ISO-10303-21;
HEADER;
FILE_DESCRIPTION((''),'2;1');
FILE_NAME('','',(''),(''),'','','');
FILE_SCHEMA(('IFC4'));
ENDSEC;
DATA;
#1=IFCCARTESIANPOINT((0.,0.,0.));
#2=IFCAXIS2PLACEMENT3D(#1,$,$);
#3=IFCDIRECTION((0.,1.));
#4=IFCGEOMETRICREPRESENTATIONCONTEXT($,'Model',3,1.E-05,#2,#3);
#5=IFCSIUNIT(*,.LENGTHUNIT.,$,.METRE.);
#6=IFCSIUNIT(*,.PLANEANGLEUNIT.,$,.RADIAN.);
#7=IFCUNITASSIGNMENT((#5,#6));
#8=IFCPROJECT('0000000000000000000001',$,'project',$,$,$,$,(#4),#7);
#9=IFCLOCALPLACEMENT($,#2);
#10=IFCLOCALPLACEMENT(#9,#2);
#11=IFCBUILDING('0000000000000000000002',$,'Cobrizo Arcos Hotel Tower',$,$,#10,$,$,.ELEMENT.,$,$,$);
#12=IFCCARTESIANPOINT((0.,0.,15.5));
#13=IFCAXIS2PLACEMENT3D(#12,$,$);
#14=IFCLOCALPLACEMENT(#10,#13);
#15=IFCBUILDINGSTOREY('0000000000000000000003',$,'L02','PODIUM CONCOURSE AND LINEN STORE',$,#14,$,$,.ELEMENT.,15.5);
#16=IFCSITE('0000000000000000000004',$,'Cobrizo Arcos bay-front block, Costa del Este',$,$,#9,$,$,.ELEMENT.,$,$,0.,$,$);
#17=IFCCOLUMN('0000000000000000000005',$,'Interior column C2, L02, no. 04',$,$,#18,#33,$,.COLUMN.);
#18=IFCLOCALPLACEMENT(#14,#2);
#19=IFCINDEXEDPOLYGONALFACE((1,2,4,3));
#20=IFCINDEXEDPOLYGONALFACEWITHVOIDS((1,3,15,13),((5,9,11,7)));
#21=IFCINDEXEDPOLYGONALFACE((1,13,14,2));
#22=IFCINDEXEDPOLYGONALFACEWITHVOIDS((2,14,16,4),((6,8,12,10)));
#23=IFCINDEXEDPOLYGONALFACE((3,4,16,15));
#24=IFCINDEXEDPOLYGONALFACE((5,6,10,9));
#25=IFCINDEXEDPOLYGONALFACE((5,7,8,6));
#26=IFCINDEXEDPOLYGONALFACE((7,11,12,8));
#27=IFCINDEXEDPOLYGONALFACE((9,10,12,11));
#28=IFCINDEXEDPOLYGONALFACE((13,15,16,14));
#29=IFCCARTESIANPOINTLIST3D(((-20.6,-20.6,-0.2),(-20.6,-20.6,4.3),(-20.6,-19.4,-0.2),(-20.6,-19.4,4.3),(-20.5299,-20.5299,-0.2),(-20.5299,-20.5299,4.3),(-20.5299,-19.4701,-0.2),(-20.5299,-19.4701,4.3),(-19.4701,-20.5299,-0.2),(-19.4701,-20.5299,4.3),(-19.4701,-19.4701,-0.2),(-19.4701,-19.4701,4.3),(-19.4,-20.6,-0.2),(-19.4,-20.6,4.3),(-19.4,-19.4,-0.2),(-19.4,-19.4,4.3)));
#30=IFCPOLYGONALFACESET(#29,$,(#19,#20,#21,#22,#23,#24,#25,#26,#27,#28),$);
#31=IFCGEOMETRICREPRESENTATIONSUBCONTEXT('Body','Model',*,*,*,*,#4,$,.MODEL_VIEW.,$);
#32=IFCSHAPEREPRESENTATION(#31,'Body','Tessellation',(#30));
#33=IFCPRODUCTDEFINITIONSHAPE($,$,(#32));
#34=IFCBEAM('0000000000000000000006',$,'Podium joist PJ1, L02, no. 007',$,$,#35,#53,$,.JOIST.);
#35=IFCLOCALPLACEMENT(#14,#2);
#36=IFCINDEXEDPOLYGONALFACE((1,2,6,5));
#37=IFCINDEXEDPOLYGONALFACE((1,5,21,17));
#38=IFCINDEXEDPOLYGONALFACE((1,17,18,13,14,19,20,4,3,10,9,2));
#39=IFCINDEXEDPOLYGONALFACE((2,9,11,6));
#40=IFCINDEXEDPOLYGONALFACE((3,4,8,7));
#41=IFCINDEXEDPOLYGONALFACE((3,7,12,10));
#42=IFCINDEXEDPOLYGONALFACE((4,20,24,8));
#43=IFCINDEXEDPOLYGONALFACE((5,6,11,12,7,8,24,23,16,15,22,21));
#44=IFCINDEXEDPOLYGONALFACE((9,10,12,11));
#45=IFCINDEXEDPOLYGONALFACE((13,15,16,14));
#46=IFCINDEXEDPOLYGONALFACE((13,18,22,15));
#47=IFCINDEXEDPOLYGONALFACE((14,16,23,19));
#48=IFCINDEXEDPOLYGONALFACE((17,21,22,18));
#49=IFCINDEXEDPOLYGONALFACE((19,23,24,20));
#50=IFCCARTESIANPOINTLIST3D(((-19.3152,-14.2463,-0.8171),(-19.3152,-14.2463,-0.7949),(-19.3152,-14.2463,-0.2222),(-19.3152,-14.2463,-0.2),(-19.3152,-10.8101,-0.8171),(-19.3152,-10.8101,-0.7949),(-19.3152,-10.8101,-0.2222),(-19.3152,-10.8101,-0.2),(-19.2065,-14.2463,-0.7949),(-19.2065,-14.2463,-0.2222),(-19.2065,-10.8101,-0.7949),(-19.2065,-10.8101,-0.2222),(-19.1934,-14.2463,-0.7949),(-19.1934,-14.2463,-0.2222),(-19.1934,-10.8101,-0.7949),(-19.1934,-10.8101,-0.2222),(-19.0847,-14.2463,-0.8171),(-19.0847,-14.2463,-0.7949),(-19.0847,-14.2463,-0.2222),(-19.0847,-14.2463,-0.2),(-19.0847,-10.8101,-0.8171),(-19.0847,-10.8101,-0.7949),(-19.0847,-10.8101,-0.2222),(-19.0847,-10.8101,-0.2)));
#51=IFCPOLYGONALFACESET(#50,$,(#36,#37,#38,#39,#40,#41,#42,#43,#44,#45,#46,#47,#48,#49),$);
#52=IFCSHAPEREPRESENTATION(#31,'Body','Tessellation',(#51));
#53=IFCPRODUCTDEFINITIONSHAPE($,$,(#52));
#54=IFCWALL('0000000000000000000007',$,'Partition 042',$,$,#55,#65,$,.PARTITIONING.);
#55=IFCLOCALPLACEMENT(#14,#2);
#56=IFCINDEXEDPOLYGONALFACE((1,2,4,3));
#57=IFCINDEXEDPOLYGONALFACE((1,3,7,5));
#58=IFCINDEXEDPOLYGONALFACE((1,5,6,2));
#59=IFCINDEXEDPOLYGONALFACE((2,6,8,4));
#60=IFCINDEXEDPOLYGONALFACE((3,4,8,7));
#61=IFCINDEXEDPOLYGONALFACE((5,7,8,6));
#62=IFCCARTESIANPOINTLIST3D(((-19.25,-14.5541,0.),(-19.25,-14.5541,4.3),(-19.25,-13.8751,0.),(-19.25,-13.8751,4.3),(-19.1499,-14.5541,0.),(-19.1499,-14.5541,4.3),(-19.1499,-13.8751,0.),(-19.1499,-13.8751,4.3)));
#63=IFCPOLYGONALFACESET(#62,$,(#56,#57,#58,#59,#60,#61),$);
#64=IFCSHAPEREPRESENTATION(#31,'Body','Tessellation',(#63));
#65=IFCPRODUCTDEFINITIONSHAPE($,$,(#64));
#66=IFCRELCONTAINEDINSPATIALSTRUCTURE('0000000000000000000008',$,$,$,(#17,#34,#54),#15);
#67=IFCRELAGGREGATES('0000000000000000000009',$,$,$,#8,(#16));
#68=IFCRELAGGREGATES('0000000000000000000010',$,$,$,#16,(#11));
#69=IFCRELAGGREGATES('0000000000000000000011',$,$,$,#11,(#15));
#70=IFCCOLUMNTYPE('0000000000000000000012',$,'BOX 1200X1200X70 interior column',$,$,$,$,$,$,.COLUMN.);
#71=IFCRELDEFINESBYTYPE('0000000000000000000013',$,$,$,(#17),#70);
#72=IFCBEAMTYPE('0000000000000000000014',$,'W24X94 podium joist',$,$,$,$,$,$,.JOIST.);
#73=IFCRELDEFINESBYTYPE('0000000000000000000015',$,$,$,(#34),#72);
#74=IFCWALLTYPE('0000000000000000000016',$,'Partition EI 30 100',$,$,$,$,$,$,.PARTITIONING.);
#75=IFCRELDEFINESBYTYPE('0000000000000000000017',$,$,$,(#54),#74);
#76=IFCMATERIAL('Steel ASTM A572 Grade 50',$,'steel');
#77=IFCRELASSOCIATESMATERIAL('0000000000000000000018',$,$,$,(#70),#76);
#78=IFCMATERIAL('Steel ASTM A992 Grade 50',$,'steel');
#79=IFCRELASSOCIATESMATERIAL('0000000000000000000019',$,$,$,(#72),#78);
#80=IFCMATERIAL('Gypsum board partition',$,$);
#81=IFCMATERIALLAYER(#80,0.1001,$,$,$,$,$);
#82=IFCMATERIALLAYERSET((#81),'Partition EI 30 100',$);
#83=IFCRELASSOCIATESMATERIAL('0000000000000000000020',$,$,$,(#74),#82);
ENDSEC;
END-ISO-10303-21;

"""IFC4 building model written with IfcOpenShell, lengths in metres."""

from ifc_helpers import new_model, si_unit, direction, frame, frame_2d, origin, origin_2d, place, context, subcontext, project, spatial, rectangle, hollow_rectangle, i_section, extrude, material, layer, layer_set, material_profile, profile_set, type_object, element, save


model = new_model("IFC4")

# Units and contexts
model_context = context("Model", 3, precision=1e-05, world=origin(), true_north=direction((0.0, 1.0)))
body_context = subcontext(model_context, "Body", "Model", "MODEL_VIEW")
ifc_project = project(units=[si_unit("LENGTHUNIT", "METRE"), si_unit("PLANEANGLEUNIT", "RADIAN")], contexts=[model_context])

# Site, building, storey
site_placement = place(None, origin())
site = spatial("IfcSite", under=ifc_project, at=site_placement, Name="Cobrizo Arcos bay-front block, Costa del Este", CompositionType="ELEMENT", RefElevation=0.0)
building_placement = place(site_placement, origin())
building = spatial("IfcBuilding", under=site, at=building_placement, Name="Cobrizo Arcos Hotel Tower", CompositionType="ELEMENT")
storey_placement = place(building_placement, frame((0.0, 0.0, 15.5)))
storey = spatial("IfcBuildingStorey", under=building, at=storey_placement, Name="L02", Description="PODIUM CONCOURSE AND LINEN STORE", CompositionType="ELEMENT", Elevation=15.5)

# Column
ifc_material_1 = material(Name="Steel ASTM A572 Grade 50", Category="steel")
ifc_material_profile_1 = material_profile(ifc_material_1, hollow_rectangle(XDim=1.2, YDim=1.2, WallThickness=0.0701, at=origin_2d()), Name="BOX 1200X1200X70")
ifc_profile_set_1 = profile_set([ifc_material_profile_1], Name="Steel ASTM A572 Grade 50")
column_type = type_object("IfcColumnType", Name="BOX 1200X1200X70 interior column", PredefinedType="COLUMN", material=ifc_profile_set_1)
column_placement = place(storey_placement, frame((-20.0, -20.0, -0.2), z_axis=(0.0, 0.0, 1.0), x_axis=(1.0, 0.0, 0.0)))
element("IfcColumn", 1, at=column_placement, inside=storey, type_object=column_type, Name="Interior column C2, L02, no. 04", PredefinedType="COLUMN", context=body_context, shape_type="SweptSolid", body=[
    extrude(hollow_rectangle(XDim=1.2, YDim=1.2, WallThickness=0.0701, at=origin_2d()), origin(), (0.0, 0.0, 1.0), 4.5),
])

# Beam
ifc_material_2 = material(Name="Steel ASTM A992 Grade 50", Category="steel")
ifc_material_profile_2 = material_profile(ifc_material_2, i_section(OverallWidth=0.2305, OverallDepth=0.6172, WebThickness=0.0132, FlangeThickness=0.0222, at=origin_2d()), Name="W24X94")
ifc_profile_set_2 = profile_set([ifc_material_profile_2], Name="Steel ASTM A992 Grade 50")
beam_type = type_object("IfcBeamType", Name="W24X94 podium joist", PredefinedType="JOIST", material=ifc_profile_set_2)
beam_placement = place(storey_placement, frame((-19.2, -14.2463, -0.5085), z_axis=(0.0, 1.0, 0.0), x_axis=(-1.0, 0.0, 0.0)))
element("IfcBeam", 2, at=beam_placement, inside=storey, type_object=beam_type, Name="Podium joist PJ1, L02, no. 007", PredefinedType="JOIST", context=body_context, shape_type="SweptSolid", body=[
    extrude(i_section(OverallWidth=0.2305, OverallDepth=0.6172, WebThickness=0.0132, FlangeThickness=0.0222, at=origin_2d()), origin(), (0.0, 0.0, 1.0), 3.4363),
])

# Wall
ifc_material_3 = material(Name="Gypsum board partition")
ifc_layer_1 = layer(ifc_material_3, 0.1001)
ifc_layer_set_1 = layer_set([ifc_layer_1], Name="Partition EI 30 100")
wall_type_1 = type_object("IfcWallType", Name="Partition EI 30 100", PredefinedType="PARTITIONING", material=ifc_layer_set_1)
wall_1_placement = place(storey_placement, frame((-19.2, -14.554, 0.0), z_axis=(0.0, 0.0, 1.0), x_axis=(0.0, 1.0, 0.0)))
element("IfcWall", 3, at=wall_1_placement, inside=storey, type_object=wall_type_1, Name="Partition 042", PredefinedType="PARTITIONING", context=body_context, shape_type="SweptSolid", body=[
    extrude(rectangle(XDim=0.679, YDim=0.1001, at=frame_2d((0.3394, 0.0))), origin(), (0.0, 0.0, 1.0), 4.3),
])

save(model, "model.ifc")
